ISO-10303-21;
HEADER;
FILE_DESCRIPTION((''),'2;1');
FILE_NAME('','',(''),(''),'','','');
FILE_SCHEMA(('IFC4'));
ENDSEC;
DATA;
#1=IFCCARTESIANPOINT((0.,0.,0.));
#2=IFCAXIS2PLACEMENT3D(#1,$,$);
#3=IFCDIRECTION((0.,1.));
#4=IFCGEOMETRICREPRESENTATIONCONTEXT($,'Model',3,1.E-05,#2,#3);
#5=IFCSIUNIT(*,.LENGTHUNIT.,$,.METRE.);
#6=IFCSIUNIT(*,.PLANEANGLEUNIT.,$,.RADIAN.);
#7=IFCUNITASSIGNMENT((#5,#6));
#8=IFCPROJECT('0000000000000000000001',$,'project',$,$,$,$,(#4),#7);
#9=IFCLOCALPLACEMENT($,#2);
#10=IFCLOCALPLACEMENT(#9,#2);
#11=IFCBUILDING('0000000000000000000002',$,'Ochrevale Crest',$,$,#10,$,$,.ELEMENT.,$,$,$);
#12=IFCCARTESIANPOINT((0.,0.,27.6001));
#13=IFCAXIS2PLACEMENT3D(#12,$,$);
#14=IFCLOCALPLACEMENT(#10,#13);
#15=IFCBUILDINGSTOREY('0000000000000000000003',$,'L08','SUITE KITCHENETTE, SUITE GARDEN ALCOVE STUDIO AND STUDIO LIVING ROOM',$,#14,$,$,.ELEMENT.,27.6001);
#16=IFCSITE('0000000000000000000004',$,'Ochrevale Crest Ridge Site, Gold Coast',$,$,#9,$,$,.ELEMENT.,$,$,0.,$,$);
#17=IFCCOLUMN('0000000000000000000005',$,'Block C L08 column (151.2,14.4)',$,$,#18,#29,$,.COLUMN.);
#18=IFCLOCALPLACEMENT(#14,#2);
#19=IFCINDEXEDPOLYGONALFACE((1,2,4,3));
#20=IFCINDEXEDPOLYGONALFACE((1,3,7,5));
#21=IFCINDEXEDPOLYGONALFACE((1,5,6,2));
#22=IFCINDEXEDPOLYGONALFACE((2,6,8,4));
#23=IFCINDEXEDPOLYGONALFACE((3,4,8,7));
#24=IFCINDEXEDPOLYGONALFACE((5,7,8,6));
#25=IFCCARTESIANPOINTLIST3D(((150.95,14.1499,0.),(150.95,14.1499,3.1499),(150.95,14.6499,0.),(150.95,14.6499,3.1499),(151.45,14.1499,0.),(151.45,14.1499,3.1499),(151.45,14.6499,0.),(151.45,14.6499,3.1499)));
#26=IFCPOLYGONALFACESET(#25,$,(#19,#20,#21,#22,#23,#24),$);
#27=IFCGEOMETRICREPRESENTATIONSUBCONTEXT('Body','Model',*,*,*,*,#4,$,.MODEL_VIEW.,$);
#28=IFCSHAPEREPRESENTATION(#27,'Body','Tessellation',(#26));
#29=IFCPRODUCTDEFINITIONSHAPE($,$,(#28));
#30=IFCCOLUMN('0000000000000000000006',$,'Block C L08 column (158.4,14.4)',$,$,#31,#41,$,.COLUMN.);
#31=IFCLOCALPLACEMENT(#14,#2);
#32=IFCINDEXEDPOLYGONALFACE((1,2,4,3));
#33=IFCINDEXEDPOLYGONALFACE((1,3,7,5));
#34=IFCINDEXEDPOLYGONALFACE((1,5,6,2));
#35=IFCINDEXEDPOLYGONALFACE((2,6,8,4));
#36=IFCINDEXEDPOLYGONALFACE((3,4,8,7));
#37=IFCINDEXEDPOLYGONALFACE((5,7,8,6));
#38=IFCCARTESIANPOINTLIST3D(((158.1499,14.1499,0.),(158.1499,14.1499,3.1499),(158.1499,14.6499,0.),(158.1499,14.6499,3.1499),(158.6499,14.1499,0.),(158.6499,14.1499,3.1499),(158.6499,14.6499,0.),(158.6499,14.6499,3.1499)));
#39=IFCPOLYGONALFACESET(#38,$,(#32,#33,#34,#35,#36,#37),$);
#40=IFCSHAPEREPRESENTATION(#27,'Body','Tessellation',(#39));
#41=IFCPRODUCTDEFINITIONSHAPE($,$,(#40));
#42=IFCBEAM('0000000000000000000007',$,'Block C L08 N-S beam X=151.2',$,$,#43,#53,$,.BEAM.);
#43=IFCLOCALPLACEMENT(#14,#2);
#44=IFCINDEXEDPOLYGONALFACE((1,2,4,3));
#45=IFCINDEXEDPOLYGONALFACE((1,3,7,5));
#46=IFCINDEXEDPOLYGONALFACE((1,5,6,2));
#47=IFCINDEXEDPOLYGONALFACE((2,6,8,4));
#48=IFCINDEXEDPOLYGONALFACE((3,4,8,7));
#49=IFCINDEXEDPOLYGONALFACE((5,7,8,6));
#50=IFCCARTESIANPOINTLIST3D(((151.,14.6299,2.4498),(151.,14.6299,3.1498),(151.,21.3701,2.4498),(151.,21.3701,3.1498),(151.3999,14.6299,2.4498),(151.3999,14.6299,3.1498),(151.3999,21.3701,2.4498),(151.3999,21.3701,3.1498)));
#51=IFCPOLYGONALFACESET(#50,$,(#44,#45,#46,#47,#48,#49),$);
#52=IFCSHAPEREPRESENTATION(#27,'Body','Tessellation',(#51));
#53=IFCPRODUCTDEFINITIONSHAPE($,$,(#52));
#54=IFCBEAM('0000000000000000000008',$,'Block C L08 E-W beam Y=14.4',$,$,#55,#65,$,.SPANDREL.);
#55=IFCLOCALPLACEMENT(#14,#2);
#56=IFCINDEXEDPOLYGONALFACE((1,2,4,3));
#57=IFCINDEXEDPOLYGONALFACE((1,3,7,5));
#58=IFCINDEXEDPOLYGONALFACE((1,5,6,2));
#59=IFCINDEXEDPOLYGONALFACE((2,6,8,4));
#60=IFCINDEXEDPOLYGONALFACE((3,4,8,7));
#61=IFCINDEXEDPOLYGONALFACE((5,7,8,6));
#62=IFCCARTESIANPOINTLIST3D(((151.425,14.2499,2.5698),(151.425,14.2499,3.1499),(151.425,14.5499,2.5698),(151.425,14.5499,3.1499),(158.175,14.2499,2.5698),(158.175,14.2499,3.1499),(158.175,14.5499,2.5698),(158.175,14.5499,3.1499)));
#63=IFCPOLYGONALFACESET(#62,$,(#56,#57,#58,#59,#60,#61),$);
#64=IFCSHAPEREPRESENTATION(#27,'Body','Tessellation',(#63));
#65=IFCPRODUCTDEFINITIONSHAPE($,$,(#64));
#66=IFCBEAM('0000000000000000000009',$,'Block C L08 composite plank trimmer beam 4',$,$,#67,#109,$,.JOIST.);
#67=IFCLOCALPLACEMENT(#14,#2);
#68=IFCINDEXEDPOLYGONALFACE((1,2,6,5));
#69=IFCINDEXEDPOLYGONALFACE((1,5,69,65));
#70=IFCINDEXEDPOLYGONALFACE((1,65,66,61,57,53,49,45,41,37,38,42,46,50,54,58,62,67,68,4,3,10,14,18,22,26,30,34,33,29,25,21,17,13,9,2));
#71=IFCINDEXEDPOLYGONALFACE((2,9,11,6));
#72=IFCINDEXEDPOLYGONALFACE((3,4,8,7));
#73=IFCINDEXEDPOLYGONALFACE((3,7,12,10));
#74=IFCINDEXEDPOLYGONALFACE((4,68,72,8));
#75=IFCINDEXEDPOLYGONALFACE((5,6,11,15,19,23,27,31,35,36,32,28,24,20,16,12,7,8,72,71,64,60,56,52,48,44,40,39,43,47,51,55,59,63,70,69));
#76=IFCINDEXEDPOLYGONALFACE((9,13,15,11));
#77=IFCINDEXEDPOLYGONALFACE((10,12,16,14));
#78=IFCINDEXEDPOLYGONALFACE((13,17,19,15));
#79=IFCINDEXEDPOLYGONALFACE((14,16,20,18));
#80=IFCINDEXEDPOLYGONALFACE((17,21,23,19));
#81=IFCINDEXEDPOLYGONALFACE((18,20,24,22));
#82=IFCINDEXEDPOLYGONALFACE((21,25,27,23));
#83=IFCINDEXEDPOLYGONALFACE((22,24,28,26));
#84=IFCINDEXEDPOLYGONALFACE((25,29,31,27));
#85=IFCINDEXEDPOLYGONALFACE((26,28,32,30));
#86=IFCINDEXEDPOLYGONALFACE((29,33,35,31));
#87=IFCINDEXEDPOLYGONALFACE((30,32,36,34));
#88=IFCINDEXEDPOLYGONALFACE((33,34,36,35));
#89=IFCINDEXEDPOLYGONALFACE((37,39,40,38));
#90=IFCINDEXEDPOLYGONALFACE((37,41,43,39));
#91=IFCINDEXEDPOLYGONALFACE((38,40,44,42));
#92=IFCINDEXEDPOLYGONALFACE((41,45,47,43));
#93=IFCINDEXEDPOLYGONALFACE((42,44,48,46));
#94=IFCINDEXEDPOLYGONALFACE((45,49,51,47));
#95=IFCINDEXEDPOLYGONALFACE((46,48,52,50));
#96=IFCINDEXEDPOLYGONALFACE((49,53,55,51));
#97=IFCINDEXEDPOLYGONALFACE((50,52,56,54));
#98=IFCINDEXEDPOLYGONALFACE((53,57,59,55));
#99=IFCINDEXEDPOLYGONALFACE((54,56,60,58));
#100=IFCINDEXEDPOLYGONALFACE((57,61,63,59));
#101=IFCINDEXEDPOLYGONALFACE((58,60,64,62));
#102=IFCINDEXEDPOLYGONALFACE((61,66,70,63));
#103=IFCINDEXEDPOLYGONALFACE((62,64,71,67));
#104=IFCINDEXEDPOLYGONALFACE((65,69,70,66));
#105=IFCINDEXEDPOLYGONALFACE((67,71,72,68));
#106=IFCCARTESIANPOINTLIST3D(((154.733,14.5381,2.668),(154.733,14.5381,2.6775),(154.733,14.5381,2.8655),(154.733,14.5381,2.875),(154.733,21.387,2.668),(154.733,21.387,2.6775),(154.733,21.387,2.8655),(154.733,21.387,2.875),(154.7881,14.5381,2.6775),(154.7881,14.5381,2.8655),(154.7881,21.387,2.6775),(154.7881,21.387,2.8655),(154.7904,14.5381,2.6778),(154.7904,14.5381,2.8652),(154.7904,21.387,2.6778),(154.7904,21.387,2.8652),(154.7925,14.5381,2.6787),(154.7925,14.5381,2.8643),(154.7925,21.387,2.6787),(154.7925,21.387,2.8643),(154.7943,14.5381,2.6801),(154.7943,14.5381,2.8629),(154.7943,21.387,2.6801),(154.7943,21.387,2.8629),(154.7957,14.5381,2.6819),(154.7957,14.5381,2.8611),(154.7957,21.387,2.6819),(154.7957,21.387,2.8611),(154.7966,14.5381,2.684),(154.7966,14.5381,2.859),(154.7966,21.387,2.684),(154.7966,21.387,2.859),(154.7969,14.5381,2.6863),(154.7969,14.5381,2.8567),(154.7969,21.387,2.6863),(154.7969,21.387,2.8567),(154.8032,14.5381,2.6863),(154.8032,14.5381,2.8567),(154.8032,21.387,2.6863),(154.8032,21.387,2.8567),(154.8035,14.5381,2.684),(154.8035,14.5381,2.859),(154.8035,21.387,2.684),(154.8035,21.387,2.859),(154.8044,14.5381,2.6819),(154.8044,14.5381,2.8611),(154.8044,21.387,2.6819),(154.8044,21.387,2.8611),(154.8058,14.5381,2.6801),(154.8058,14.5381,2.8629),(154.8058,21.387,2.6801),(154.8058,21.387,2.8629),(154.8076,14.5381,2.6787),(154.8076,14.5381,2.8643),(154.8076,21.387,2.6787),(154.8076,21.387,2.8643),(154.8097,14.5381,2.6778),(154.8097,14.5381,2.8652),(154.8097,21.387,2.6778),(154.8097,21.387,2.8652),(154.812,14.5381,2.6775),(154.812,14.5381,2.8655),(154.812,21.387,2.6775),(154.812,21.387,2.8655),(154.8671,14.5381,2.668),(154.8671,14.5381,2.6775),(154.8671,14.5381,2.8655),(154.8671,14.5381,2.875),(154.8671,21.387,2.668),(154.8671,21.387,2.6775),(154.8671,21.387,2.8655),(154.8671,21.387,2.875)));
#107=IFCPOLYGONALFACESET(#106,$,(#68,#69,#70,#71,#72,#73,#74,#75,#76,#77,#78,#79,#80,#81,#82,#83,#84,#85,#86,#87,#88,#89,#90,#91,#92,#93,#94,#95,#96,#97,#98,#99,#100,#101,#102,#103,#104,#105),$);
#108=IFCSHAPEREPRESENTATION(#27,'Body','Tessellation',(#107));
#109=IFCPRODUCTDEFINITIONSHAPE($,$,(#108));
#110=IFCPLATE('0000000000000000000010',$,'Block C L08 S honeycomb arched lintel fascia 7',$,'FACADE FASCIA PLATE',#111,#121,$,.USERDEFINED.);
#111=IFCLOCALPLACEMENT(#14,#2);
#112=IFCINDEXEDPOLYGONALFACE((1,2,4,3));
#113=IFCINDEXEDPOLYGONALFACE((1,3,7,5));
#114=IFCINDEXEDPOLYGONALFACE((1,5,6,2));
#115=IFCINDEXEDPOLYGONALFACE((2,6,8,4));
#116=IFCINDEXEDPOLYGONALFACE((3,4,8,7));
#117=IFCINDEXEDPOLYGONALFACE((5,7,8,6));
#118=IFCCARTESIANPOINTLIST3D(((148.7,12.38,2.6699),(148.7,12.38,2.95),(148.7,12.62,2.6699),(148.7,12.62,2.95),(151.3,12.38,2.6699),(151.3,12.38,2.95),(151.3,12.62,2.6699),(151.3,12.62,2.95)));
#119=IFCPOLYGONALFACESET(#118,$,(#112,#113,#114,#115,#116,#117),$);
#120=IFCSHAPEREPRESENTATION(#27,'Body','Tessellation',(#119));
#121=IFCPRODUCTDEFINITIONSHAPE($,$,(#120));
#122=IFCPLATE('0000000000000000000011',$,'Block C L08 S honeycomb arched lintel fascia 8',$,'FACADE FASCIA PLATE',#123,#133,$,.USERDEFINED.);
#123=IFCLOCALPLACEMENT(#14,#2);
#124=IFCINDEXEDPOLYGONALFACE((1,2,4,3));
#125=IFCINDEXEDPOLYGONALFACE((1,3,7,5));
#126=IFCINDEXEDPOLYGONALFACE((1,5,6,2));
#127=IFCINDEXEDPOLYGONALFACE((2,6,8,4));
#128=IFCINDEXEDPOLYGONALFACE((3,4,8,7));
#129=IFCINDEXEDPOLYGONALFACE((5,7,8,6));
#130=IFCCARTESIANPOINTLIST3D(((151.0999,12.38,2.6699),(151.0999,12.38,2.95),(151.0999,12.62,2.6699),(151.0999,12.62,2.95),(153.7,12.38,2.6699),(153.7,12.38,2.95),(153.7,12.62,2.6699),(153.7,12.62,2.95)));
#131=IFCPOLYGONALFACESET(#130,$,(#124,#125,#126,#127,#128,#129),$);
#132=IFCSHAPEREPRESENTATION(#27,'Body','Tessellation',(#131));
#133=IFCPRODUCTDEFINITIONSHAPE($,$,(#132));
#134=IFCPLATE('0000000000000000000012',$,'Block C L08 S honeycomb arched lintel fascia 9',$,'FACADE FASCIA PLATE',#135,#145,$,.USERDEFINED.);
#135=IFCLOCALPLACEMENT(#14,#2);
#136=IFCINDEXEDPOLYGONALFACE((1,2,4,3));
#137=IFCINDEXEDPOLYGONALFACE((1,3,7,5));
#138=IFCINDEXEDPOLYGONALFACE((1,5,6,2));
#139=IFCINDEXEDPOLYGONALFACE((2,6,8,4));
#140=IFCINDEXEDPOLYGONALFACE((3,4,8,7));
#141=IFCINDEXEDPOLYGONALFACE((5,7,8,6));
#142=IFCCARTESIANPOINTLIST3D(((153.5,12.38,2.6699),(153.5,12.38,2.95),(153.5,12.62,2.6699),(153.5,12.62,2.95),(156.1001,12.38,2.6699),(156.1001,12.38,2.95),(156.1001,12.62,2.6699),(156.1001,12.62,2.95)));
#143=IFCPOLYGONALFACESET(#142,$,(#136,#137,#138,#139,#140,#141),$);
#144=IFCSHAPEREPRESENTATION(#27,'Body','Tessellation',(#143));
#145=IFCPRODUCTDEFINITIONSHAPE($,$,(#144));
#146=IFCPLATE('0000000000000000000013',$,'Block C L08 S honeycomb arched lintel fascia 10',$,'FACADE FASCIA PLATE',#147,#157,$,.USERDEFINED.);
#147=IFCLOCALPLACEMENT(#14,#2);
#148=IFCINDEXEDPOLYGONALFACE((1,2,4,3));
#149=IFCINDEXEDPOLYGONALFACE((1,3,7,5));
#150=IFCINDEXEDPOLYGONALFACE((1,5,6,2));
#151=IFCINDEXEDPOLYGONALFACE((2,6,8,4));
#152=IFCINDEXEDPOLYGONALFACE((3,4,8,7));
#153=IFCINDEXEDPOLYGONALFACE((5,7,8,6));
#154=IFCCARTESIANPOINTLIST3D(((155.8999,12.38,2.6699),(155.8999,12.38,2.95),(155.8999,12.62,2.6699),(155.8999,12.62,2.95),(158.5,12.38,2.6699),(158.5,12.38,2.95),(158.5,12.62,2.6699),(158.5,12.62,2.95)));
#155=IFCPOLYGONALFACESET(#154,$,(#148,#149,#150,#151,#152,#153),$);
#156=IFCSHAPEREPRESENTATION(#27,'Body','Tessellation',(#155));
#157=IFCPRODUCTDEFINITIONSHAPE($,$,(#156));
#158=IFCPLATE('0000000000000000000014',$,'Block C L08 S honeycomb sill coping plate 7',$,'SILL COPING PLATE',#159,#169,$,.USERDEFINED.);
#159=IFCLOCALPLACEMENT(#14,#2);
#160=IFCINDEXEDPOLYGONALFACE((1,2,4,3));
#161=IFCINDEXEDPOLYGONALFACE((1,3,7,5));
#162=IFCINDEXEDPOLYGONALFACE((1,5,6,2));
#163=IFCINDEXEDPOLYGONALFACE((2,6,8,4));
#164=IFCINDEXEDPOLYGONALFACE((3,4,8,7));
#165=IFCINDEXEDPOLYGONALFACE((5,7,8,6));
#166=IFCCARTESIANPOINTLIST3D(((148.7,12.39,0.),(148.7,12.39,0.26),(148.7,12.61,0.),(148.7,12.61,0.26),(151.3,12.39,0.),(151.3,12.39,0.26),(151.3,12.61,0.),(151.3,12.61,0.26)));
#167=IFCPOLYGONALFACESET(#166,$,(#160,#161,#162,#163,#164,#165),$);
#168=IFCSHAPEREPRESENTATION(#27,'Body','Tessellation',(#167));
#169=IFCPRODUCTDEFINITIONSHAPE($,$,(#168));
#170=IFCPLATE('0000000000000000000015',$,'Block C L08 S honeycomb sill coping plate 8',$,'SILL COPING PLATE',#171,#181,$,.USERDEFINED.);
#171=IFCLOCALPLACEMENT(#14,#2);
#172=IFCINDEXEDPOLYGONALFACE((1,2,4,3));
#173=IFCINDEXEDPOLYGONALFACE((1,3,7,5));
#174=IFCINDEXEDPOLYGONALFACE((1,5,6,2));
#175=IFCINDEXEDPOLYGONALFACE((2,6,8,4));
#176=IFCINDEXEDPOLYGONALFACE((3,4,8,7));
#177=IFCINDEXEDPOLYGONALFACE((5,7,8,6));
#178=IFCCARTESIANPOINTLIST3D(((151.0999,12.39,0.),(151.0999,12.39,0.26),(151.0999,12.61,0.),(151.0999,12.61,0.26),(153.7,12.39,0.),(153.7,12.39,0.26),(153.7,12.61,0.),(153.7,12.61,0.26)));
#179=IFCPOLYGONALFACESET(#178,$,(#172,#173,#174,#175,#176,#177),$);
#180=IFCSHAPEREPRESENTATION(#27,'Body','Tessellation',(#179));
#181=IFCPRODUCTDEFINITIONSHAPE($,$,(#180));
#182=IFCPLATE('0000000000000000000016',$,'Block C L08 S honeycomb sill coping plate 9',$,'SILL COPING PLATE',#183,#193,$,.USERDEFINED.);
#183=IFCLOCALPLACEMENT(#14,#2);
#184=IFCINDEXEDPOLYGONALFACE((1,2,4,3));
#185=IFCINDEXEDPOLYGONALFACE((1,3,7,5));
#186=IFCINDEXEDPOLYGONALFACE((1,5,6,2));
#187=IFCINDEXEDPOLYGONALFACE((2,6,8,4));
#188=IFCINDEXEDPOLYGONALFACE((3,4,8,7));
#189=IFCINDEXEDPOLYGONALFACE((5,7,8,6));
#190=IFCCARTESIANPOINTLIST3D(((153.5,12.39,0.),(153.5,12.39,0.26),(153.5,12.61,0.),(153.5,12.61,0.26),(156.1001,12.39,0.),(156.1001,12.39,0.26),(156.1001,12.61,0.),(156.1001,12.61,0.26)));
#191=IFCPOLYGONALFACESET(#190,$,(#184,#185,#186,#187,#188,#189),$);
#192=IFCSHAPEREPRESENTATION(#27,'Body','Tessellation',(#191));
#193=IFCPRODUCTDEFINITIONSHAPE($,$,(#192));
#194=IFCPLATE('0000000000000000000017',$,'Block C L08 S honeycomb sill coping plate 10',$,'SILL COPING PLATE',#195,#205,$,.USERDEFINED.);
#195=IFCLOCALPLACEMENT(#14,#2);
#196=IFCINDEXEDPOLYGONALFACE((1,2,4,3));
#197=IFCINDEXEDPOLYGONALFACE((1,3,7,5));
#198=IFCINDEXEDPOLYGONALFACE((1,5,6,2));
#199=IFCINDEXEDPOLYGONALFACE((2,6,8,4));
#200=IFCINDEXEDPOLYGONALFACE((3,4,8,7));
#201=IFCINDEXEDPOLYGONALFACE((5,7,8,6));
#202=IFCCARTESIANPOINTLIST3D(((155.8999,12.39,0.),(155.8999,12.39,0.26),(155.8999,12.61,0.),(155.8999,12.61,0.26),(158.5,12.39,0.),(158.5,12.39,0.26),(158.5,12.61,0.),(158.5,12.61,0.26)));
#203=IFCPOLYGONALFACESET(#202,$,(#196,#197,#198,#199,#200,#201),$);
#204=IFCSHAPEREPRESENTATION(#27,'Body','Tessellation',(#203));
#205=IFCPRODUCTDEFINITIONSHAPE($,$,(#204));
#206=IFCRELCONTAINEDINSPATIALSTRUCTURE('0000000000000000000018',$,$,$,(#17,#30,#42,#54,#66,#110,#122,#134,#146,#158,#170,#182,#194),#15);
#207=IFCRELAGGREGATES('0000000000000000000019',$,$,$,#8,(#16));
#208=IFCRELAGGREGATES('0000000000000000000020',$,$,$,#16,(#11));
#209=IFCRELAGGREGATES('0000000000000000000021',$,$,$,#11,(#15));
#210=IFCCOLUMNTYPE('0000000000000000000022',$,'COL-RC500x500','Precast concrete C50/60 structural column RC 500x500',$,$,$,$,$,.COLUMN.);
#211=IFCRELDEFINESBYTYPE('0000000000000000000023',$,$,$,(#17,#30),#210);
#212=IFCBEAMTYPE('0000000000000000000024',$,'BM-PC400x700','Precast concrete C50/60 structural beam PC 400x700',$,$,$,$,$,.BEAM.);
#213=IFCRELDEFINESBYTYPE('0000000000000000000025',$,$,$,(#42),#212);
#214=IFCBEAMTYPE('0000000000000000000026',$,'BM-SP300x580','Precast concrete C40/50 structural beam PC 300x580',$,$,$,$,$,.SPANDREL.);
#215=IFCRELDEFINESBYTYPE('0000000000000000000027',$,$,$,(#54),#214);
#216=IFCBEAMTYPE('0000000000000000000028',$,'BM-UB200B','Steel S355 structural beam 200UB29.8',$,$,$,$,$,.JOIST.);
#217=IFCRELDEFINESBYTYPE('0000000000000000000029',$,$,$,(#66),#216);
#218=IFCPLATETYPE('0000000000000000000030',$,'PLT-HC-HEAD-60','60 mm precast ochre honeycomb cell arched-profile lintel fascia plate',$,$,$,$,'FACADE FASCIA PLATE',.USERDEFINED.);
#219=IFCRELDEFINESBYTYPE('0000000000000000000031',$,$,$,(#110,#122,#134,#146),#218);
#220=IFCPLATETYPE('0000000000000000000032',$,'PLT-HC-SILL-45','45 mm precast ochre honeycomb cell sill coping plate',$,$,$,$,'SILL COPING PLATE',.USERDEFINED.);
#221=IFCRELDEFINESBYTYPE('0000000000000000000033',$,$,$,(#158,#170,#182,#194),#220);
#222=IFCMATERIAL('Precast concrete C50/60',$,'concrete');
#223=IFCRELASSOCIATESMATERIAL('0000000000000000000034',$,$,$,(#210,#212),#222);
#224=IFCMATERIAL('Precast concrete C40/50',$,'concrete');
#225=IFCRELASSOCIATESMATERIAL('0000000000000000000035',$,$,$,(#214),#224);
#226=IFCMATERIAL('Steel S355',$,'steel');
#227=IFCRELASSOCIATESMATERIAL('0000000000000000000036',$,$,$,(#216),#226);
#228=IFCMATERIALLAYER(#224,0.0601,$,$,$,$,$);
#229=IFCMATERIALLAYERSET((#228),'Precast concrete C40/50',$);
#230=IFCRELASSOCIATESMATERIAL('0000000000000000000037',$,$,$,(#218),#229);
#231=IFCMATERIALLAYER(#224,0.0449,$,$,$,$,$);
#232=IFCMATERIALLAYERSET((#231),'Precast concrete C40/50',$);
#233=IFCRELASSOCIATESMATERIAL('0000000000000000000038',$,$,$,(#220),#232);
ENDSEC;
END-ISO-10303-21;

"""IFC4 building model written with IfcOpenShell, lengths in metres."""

from ifc_helpers import new_model, si_unit, direction, frame, origin, origin_2d, place, context, subcontext, project, spatial, rectangle, i_section, extrude, material, layer, layer_set, material_profile, profile_set, type_object, element, save


model = new_model("IFC4")

# Units and contexts
model_context = context("Model", 3, precision=1e-05, world=origin(), true_north=direction((0.0, 1.0)))
body_context = subcontext(model_context, "Body", "Model", "MODEL_VIEW")
ifc_project = project(units=[si_unit("LENGTHUNIT", "METRE"), si_unit("PLANEANGLEUNIT", "RADIAN")], contexts=[model_context])

# Site, building, storey
site_placement = place(None, origin())
site = spatial("IfcSite", under=ifc_project, at=site_placement, Name="Ochrevale Crest Ridge Site, Gold Coast", CompositionType="ELEMENT", RefElevation=0.0)
building_placement = place(site_placement, origin())
building = spatial("IfcBuilding", under=site, at=building_placement, Name="Ochrevale Crest", CompositionType="ELEMENT")
storey_placement = place(building_placement, frame((0.0, 0.0, 27.6001)))
storey = spatial("IfcBuildingStorey", under=building, at=storey_placement, Name="L08", Description="SUITE KITCHENETTE, SUITE GARDEN ALCOVE STUDIO AND STUDIO LIVING ROOM", CompositionType="ELEMENT", Elevation=27.6001)

# Columns
ifc_material_1 = material(Name="Precast concrete C50/60", Category="concrete")
ifc_material_profile_1 = material_profile(ifc_material_1, rectangle(XDim=0.5, YDim=0.5, at=origin_2d()), Name="RC 500x500")
ifc_profile_set_1 = profile_set([ifc_material_profile_1], Name="Precast concrete C50/60")
column_type = type_object("IfcColumnType", Name="COL-RC500x500", Description="Precast concrete C50/60 structural column RC 500x500", PredefinedType="COLUMN", material=ifc_profile_set_1)
for number, where, z_axis, x_axis, name in (
    (1, (151.2, 14.3999, 0.0), (0.0, 0.0, 1.0), (1.0, 0.0, 0.0), "Block C L08 column (151.2,14.4)"),
    (2, (158.3999, 14.3999, 0.0), (0.0, 0.0, 1.0), (1.0, 0.0, 0.0), "Block C L08 column (158.4,14.4)"),
):
    element("IfcColumn", number, at=place(storey_placement, frame(where, z_axis=z_axis, x_axis=x_axis)), inside=storey, type_object=column_type, Name=name, PredefinedType="COLUMN", context=body_context, shape_type="SweptSolid", body=[
        extrude(rectangle(XDim=0.5, YDim=0.5, at=origin_2d()), origin(), (0.0, 0.0, 1.0), 3.1499),
    ])

# Beams
ifc_material_profile_2 = material_profile(ifc_material_1, rectangle(XDim=0.3999, YDim=0.7, at=origin_2d()), Name="PC 400x700")
ifc_profile_set_2 = profile_set([ifc_material_profile_2], Name="Precast concrete C50/60")
beam_type_1 = type_object("IfcBeamType", Name="BM-PC400x700", Description="Precast concrete C50/60 structural beam PC 400x700", PredefinedType="BEAM", material=ifc_profile_set_2)
beam_1_placement = place(storey_placement, frame((151.2, 14.6299, 2.7998), z_axis=(0.0, 1.0, 0.0), x_axis=(-1.0, 0.0, 0.0)))
element("IfcBeam", 3, at=beam_1_placement, inside=storey, type_object=beam_type_1, Name="Block C L08 N-S beam X=151.2", PredefinedType="BEAM", context=body_context, shape_type="SweptSolid", body=[
    extrude(rectangle(XDim=0.3999, YDim=0.7, at=origin_2d()), origin(), (0.0, 0.0, 1.0), 6.7402),
])
ifc_material_2 = material(Name="Precast concrete C40/50", Category="concrete")
ifc_material_profile_3 = material_profile(ifc_material_2, rectangle(XDim=0.3, YDim=0.5801, at=origin_2d()), Name="PC 300x580")
ifc_profile_set_3 = profile_set([ifc_material_profile_3], Name="Precast concrete C40/50")
beam_type_2 = type_object("IfcBeamType", Name="BM-SP300x580", Description="Precast concrete C40/50 structural beam PC 300x580", PredefinedType="SPANDREL", material=ifc_profile_set_3)
beam_2_placement = place(storey_placement, frame((151.425, 14.3999, 2.8599), z_axis=(1.0, 0.0, 0.0), x_axis=(0.0, 1.0, 0.0)))
element("IfcBeam", 4, at=beam_2_placement, inside=storey, type_object=beam_type_2, Name="Block C L08 E-W beam Y=14.4", PredefinedType="SPANDREL", context=body_context, shape_type="SweptSolid", body=[
    extrude(rectangle(XDim=0.3, YDim=0.5801, at=origin_2d()), origin(), (0.0, 0.0, 1.0), 6.75),
])
ifc_material_3 = material(Name="Steel S355", Category="steel")
ifc_material_profile_4 = material_profile(ifc_material_3, i_section(OverallWidth=0.134, OverallDepth=0.207, WebThickness=0.0063, FlangeThickness=0.0095, FilletRadius=0.0088, at=origin_2d()), Name="200UB29.8")
ifc_profile_set_4 = profile_set([ifc_material_profile_4], Name="Steel S355")
beam_type_3 = type_object("IfcBeamType", Name="BM-UB200B", Description="Steel S355 structural beam 200UB29.8", PredefinedType="JOIST", material=ifc_profile_set_4)
beam_3_placement = place(storey_placement, frame((154.8, 14.5381, 2.7715), z_axis=(0.0, 1.0, 0.0), x_axis=(-1.0, 0.0, 0.0)))
element("IfcBeam", 5, at=beam_3_placement, inside=storey, type_object=beam_type_3, Name="Block C L08 composite plank trimmer beam 4", PredefinedType="JOIST", context=body_context, shape_type="SweptSolid", body=[
    extrude(i_section(OverallWidth=0.134, OverallDepth=0.207, WebThickness=0.0063, FlangeThickness=0.0095, FilletRadius=0.0088, at=origin_2d()), origin(), (0.0, 0.0, 1.0), 6.8489),
])

# Plates
ifc_layer_1 = layer(ifc_material_2, 0.0601)
ifc_layer_set_1 = layer_set([ifc_layer_1], Name="Precast concrete C40/50")
plate_type_1 = type_object("IfcPlateType", Name="PLT-HC-HEAD-60", Description="60 mm precast ochre honeycomb cell arched-profile lintel fascia plate", ElementType="FACADE FASCIA PLATE", PredefinedType="USERDEFINED", material=ifc_layer_set_1)
for number, where, z_axis, x_axis, name in (
    (6, (150.0, 12.5, 2.6699), (0.0, 0.0, 1.0), (1.0, 0.0, 0.0), "Block C L08 S honeycomb arched lintel fascia 7"),
    (7, (152.3999, 12.5, 2.6699), (0.0, 0.0, 1.0), (1.0, 0.0, 0.0), "Block C L08 S honeycomb arched lintel fascia 8"),
    (8, (154.8, 12.5, 2.6699), (0.0, 0.0, 1.0), (1.0, 0.0, 0.0), "Block C L08 S honeycomb arched lintel fascia 9"),
    (9, (157.2, 12.5, 2.6699), (0.0, 0.0, 1.0), (1.0, 0.0, 0.0), "Block C L08 S honeycomb arched lintel fascia 10"),
):
    element("IfcPlate", number, at=place(storey_placement, frame(where, z_axis=z_axis, x_axis=x_axis)), inside=storey, type_object=plate_type_1, Name=name, ObjectType="FACADE FASCIA PLATE", PredefinedType="USERDEFINED", context=body_context, shape_type="SweptSolid", body=[
        extrude(rectangle(XDim=2.6001, YDim=0.24, at=origin_2d()), origin(), (0.0, 0.0, 1.0), 0.28),
    ])
ifc_layer_2 = layer(ifc_material_2, 0.0449)
ifc_layer_set_2 = layer_set([ifc_layer_2], Name="Precast concrete C40/50")
plate_type_2 = type_object("IfcPlateType", Name="PLT-HC-SILL-45", Description="45 mm precast ochre honeycomb cell sill coping plate", ElementType="SILL COPING PLATE", PredefinedType="USERDEFINED", material=ifc_layer_set_2)
for number, where, z_axis, x_axis, name in (
    (10, (150.0, 12.5, 0.0), (0.0, 0.0, 1.0), (1.0, 0.0, 0.0), "Block C L08 S honeycomb sill coping plate 7"),
    (11, (152.3999, 12.5, 0.0), (0.0, 0.0, 1.0), (1.0, 0.0, 0.0), "Block C L08 S honeycomb sill coping plate 8"),
    (12, (154.8, 12.5, 0.0), (0.0, 0.0, 1.0), (1.0, 0.0, 0.0), "Block C L08 S honeycomb sill coping plate 9"),
    (13, (157.2, 12.5, 0.0), (0.0, 0.0, 1.0), (1.0, 0.0, 0.0), "Block C L08 S honeycomb sill coping plate 10"),
):
    element("IfcPlate", number, at=place(storey_placement, frame(where, z_axis=z_axis, x_axis=x_axis)), inside=storey, type_object=plate_type_2, Name=name, ObjectType="SILL COPING PLATE", PredefinedType="USERDEFINED", context=body_context, shape_type="SweptSolid", body=[
        extrude(rectangle(XDim=2.6001, YDim=0.22, at=origin_2d()), origin(), (0.0, 0.0, 1.0), 0.26),
    ])

save(model, "model.ifc")
